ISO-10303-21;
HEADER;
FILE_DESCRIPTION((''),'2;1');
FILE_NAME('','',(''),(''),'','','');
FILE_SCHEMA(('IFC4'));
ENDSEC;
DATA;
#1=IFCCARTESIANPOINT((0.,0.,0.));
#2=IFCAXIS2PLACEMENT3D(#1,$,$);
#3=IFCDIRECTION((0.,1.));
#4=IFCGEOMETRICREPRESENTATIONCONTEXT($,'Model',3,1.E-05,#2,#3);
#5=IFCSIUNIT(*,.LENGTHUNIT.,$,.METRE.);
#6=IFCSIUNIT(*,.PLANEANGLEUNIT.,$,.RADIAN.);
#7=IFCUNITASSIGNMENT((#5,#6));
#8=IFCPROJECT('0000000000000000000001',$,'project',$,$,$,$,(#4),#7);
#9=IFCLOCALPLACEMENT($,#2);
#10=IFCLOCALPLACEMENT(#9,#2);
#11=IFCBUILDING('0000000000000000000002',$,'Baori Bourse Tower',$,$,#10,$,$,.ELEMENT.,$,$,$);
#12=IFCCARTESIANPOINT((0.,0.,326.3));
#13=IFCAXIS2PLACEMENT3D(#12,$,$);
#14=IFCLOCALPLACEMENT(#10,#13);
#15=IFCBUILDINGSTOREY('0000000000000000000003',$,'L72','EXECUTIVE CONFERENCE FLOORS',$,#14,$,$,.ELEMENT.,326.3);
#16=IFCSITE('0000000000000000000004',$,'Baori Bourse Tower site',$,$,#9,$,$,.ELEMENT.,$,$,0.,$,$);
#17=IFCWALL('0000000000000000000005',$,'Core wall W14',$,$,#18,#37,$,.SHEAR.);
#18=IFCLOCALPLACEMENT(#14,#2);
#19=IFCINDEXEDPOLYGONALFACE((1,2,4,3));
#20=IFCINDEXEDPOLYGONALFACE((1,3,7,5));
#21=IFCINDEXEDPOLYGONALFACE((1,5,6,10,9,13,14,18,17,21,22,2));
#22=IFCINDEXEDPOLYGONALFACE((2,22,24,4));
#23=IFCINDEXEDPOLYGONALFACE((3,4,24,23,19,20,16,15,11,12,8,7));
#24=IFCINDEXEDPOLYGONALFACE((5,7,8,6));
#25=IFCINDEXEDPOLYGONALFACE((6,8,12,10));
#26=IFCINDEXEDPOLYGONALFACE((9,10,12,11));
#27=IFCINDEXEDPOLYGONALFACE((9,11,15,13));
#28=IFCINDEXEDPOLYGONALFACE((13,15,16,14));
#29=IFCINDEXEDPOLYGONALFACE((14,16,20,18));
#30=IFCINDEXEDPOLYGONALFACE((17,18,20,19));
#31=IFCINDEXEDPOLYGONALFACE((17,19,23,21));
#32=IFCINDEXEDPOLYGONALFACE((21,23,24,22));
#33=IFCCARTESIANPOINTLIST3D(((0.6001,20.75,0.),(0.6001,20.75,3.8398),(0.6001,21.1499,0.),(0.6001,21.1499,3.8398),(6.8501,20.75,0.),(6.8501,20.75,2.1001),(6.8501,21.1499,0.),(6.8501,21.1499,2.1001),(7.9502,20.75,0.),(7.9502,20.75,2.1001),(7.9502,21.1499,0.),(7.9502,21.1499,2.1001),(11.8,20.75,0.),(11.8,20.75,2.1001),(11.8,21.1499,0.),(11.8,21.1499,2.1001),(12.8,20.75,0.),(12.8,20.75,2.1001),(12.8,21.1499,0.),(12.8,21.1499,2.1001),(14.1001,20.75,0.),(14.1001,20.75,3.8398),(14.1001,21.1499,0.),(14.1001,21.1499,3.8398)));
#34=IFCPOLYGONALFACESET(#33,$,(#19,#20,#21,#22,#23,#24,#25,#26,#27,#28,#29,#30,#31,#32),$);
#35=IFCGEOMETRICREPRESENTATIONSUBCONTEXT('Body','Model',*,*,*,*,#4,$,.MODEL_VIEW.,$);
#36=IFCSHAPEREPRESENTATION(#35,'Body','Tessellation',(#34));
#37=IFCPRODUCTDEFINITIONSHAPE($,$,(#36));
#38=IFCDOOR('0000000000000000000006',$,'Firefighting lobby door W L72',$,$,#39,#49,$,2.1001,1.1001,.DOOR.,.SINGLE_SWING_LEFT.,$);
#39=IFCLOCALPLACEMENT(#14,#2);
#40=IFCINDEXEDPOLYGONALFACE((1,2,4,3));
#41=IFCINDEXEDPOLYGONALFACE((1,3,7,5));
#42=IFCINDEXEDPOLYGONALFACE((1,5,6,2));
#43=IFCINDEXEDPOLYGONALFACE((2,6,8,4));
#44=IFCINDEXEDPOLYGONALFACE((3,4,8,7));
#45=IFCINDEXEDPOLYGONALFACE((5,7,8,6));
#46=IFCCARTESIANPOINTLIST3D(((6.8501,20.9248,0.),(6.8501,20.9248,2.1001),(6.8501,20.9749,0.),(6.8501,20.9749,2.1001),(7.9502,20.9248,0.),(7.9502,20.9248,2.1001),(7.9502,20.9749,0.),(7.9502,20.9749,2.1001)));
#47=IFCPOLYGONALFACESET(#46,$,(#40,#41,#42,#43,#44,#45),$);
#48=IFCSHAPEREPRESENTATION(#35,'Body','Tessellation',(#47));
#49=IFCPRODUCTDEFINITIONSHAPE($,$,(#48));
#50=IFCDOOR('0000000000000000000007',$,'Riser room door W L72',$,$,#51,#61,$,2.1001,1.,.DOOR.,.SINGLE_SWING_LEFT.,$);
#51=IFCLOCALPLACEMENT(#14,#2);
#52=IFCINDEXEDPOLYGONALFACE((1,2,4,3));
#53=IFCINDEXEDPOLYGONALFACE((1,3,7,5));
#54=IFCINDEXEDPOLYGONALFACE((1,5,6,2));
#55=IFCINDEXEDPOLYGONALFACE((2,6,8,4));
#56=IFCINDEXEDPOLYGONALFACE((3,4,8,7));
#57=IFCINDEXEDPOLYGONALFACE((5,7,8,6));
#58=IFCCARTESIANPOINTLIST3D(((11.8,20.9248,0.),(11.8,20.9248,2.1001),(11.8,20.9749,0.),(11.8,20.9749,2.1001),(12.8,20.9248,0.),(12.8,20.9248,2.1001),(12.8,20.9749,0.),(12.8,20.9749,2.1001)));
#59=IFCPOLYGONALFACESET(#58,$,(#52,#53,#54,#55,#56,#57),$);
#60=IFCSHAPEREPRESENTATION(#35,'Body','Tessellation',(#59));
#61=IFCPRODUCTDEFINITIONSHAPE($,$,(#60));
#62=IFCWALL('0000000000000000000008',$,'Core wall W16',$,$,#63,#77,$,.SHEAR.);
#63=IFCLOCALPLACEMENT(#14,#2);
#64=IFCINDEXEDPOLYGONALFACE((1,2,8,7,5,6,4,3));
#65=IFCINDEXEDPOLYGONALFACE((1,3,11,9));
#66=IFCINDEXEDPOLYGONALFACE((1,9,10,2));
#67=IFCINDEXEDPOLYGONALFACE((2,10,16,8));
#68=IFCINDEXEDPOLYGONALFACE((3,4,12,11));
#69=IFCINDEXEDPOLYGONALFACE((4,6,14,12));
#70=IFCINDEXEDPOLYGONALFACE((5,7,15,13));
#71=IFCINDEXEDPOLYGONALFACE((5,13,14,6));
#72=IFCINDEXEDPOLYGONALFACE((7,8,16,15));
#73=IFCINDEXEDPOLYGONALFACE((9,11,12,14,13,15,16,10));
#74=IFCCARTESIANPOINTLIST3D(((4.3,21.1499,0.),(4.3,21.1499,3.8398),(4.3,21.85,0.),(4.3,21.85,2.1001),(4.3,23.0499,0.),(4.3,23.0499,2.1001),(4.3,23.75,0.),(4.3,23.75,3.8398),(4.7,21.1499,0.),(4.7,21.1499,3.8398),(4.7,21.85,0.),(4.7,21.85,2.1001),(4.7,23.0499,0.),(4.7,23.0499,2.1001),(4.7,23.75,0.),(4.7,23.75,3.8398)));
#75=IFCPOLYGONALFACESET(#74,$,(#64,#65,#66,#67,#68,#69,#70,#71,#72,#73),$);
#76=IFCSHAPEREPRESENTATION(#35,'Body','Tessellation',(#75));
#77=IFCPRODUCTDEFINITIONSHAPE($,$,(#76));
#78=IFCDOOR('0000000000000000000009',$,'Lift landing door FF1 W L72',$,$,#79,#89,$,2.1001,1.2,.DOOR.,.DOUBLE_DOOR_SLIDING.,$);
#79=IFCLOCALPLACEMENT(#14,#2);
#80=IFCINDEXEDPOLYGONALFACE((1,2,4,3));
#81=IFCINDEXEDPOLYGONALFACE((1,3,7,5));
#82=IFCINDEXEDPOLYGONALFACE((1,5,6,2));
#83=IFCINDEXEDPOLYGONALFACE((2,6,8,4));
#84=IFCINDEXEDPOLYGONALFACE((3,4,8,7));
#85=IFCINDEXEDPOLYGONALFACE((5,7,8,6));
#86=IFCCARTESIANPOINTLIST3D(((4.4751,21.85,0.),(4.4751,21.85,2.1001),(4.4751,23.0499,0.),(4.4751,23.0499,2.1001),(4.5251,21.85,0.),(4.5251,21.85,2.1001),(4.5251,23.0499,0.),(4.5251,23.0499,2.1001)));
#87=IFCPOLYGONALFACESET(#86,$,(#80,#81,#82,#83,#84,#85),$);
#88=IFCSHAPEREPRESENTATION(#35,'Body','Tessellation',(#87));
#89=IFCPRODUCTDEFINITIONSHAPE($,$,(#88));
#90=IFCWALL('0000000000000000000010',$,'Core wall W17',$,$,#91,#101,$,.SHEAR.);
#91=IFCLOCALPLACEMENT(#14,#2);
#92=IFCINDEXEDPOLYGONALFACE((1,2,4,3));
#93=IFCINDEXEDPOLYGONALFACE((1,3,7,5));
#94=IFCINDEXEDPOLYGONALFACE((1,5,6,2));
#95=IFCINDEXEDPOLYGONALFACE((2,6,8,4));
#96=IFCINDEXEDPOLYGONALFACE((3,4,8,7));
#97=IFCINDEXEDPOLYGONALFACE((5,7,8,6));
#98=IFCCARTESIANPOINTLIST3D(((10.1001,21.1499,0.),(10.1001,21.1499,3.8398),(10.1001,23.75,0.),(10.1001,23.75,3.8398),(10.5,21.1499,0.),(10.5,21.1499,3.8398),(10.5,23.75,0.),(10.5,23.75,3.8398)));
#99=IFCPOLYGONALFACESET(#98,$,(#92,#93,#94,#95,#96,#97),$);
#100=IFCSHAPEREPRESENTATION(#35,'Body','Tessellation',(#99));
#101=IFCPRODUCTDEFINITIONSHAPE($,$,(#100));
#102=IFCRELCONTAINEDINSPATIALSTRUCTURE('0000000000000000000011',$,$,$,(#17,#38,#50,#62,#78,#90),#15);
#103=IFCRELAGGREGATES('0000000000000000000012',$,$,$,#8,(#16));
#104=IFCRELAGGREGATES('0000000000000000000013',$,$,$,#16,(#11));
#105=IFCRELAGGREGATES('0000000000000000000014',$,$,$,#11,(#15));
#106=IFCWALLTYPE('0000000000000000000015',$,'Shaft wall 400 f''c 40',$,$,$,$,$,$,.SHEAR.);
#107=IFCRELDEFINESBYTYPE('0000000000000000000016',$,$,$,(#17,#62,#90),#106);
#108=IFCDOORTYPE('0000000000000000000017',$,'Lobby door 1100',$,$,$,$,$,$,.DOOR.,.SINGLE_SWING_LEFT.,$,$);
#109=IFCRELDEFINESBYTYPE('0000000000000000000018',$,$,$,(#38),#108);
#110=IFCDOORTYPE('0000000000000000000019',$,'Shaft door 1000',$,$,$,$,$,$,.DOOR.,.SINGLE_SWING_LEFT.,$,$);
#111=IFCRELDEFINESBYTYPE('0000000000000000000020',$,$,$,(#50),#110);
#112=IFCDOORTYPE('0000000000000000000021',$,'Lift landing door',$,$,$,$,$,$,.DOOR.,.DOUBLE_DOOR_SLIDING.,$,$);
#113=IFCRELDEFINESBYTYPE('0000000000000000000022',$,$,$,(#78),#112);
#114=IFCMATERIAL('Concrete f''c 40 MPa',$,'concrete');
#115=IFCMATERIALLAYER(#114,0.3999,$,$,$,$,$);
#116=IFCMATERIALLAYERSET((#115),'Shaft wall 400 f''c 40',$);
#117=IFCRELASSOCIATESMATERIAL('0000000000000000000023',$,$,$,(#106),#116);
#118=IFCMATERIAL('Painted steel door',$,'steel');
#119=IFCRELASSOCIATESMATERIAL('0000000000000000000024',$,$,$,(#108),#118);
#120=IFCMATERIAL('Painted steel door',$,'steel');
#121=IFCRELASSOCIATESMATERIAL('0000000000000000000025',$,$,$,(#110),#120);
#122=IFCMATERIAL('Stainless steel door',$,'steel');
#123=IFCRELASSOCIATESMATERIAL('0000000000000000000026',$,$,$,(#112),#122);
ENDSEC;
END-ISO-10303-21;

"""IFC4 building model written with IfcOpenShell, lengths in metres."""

from ifc_helpers import new_model, si_unit, direction, frame, frame_2d, origin, place, context, subcontext, project, spatial, rectangle, extrude, material, layer, layer_set, type_object, element, fill, save


model = new_model("IFC4")

# Units and contexts
model_context = context("Model", 3, precision=1e-05, world=origin(), true_north=direction((0.0, 1.0)))
body_context = subcontext(model_context, "Body", "Model", "MODEL_VIEW")
ifc_project = project(units=[si_unit("LENGTHUNIT", "METRE"), si_unit("PLANEANGLEUNIT", "RADIAN")], contexts=[model_context])

# Site, building, storey
site_placement = place(None, origin())
site = spatial("IfcSite", under=ifc_project, at=site_placement, Name="Baori Bourse Tower site", CompositionType="ELEMENT", RefElevation=0.0)
building_placement = place(site_placement, origin())
building = spatial("IfcBuilding", under=site, at=building_placement, Name="Baori Bourse Tower", CompositionType="ELEMENT")
storey_placement = place(building_placement, frame((0.0, 0.0, 326.3)))
storey = spatial("IfcBuildingStorey", under=building, at=storey_placement, Name="L72", Description="EXECUTIVE CONFERENCE FLOORS", CompositionType="ELEMENT", Elevation=326.3)

# Shared definitions
ifc_material_1 = material(Name="Concrete f'c 40 MPa", Category="concrete")
ifc_layer_1 = layer(ifc_material_1, 0.3999)
ifc_layer_set_1 = layer_set([ifc_layer_1], Name="Shaft wall 400 f'c 40")
wall_type_1 = type_object("IfcWallType", Name="Shaft wall 400 f'c 40", PredefinedType="SHEAR", material=ifc_layer_set_1)

# Wall, openings, doors
wall_1_placement = place(storey_placement, frame((0.6001, 20.95, 0.0), z_axis=(0.0, 0.0, 1.0), x_axis=(1.0, 0.0, 0.0)))
wall_1 = element("IfcWall", 1, at=wall_1_placement, inside=storey, type_object=wall_type_1, Name="Core wall W14", PredefinedType="SHEAR", context=body_context, shape_type="SweptSolid", body=[
    extrude(rectangle(XDim=13.5, YDim=0.3999, at=frame_2d((6.75, 0.0))), origin(), (0.0, 0.0, 1.0), 3.8398),
])
opening_1_placement = place(wall_1_placement, frame((6.25, 0.0, 0.0)))
opening_1 = element("IfcOpeningElement", 2, at=opening_1_placement, cuts=wall_1, PredefinedType="OPENING", context=body_context, shape_type="SweptSolid", body=[
    extrude(rectangle(XDim=1.1001, YDim=2.1001, at=frame_2d((0.55, 1.05))), frame((0.0, 0.21, 0.0), z_axis=(0.0, -1.0, 0.0), x_axis=(1.0, 0.0, 0.0)), (0.0, 0.0, 1.0), 0.4199),
])
opening_2_placement = place(wall_1_placement, frame((11.2, 0.0, 0.0)))
opening_2 = element("IfcOpeningElement", 3, at=opening_2_placement, cuts=wall_1, PredefinedType="OPENING", context=body_context, shape_type="SweptSolid", body=[
    extrude(rectangle(XDim=1.0, YDim=2.1001, at=frame_2d((0.5, 1.05))), frame((0.0, 0.21, 0.0), z_axis=(0.0, -1.0, 0.0), x_axis=(1.0, 0.0, 0.0)), (0.0, 0.0, 1.0), 0.4199),
])
ifc_material_2 = material(Name="Painted steel door", Category="steel")
door_type_1 = type_object("IfcDoorType", Name="Lobby door 1100", OperationType="SINGLE_SWING_LEFT", PredefinedType="DOOR", material=ifc_material_2)
door_1_placement = place(opening_1_placement, origin())
door_1 = element("IfcDoor", 4, at=door_1_placement, inside=storey, type_object=door_type_1, Name="Firefighting lobby door W L72", OperationType="SINGLE_SWING_LEFT", OverallHeight=2.1001, OverallWidth=1.1001, PredefinedType="DOOR", context=body_context, shape_type="SweptSolid", body=[
    extrude(rectangle(XDim=1.1001, YDim=2.1001, at=frame_2d((0.55, 1.05))), frame((0.0, 0.0249, 0.0), z_axis=(0.0, -1.0, 0.0), x_axis=(1.0, 0.0, 0.0)), (0.0, 0.0, 1.0), 0.05),
])
fill(opening_1, door_1)
ifc_material_3 = material(Name="Painted steel door", Category="steel")
door_type_2 = type_object("IfcDoorType", Name="Shaft door 1000", OperationType="SINGLE_SWING_LEFT", PredefinedType="DOOR", material=ifc_material_3)
door_2_placement = place(opening_2_placement, origin())
door_2 = element("IfcDoor", 5, at=door_2_placement, inside=storey, type_object=door_type_2, Name="Riser room door W L72", OperationType="SINGLE_SWING_LEFT", OverallHeight=2.1001, OverallWidth=1.0, PredefinedType="DOOR", context=body_context, shape_type="SweptSolid", body=[
    extrude(rectangle(XDim=1.0, YDim=2.1001, at=frame_2d((0.5, 1.05))), frame((0.0, 0.0249, 0.0), z_axis=(0.0, -1.0, 0.0), x_axis=(1.0, 0.0, 0.0)), (0.0, 0.0, 1.0), 0.05),
])
fill(opening_2, door_2)

# Wall, opening, door
wall_2_placement = place(storey_placement, frame((4.5, 21.1499, 0.0), z_axis=(0.0, 0.0, 1.0), x_axis=(0.0, 1.0, 0.0)))
wall_2 = element("IfcWall", 6, at=wall_2_placement, inside=storey, type_object=wall_type_1, Name="Core wall W16", PredefinedType="SHEAR", context=body_context, shape_type="SweptSolid", body=[
    extrude(rectangle(XDim=2.6001, YDim=0.3999, at=frame_2d((1.3, 0.0))), origin(), (0.0, 0.0, 1.0), 3.8398),
])
opening_3_placement = place(wall_2_placement, frame((0.7, 0.0, 0.0)))
opening_3 = element("IfcOpeningElement", 7, at=opening_3_placement, cuts=wall_2, PredefinedType="OPENING", context=body_context, shape_type="SweptSolid", body=[
    extrude(rectangle(XDim=1.2, YDim=2.1001, at=frame_2d((0.6001, 1.05))), frame((0.0, 0.21, 0.0), z_axis=(0.0, -1.0, 0.0), x_axis=(1.0, 0.0, 0.0)), (0.0, 0.0, 1.0), 0.4199),
])
ifc_material_4 = material(Name="Stainless steel door", Category="steel")
door_type_3 = type_object("IfcDoorType", Name="Lift landing door", OperationType="DOUBLE_DOOR_SLIDING", PredefinedType="DOOR", material=ifc_material_4)
door_3_placement = place(opening_3_placement, origin())
door_3 = element("IfcDoor", 8, at=door_3_placement, inside=storey, type_object=door_type_3, Name="Lift landing door FF1 W L72", OperationType="DOUBLE_DOOR_SLIDING", OverallHeight=2.1001, OverallWidth=1.2, PredefinedType="DOOR", context=body_context, shape_type="SweptSolid", body=[
    extrude(rectangle(XDim=1.2, YDim=2.1001, at=frame_2d((0.6001, 1.05))), frame((0.0, 0.0249, 0.0), z_axis=(0.0, -1.0, 0.0), x_axis=(1.0, 0.0, 0.0)), (0.0, 0.0, 1.0), 0.05),
])
fill(opening_3, door_3)

# Wall
wall_3_placement = place(storey_placement, frame((10.3, 21.1499, 0.0), z_axis=(0.0, 0.0, 1.0), x_axis=(0.0, 1.0, 0.0)))
element("IfcWall", 9, at=wall_3_placement, inside=storey, type_object=wall_type_1, Name="Core wall W17", PredefinedType="SHEAR", context=body_context, shape_type="SweptSolid", body=[
    extrude(rectangle(XDim=2.6001, YDim=0.3999, at=frame_2d((1.3, 0.0))), origin(), (0.0, 0.0, 1.0), 3.8398),
])

save(model, "model.ifc")
